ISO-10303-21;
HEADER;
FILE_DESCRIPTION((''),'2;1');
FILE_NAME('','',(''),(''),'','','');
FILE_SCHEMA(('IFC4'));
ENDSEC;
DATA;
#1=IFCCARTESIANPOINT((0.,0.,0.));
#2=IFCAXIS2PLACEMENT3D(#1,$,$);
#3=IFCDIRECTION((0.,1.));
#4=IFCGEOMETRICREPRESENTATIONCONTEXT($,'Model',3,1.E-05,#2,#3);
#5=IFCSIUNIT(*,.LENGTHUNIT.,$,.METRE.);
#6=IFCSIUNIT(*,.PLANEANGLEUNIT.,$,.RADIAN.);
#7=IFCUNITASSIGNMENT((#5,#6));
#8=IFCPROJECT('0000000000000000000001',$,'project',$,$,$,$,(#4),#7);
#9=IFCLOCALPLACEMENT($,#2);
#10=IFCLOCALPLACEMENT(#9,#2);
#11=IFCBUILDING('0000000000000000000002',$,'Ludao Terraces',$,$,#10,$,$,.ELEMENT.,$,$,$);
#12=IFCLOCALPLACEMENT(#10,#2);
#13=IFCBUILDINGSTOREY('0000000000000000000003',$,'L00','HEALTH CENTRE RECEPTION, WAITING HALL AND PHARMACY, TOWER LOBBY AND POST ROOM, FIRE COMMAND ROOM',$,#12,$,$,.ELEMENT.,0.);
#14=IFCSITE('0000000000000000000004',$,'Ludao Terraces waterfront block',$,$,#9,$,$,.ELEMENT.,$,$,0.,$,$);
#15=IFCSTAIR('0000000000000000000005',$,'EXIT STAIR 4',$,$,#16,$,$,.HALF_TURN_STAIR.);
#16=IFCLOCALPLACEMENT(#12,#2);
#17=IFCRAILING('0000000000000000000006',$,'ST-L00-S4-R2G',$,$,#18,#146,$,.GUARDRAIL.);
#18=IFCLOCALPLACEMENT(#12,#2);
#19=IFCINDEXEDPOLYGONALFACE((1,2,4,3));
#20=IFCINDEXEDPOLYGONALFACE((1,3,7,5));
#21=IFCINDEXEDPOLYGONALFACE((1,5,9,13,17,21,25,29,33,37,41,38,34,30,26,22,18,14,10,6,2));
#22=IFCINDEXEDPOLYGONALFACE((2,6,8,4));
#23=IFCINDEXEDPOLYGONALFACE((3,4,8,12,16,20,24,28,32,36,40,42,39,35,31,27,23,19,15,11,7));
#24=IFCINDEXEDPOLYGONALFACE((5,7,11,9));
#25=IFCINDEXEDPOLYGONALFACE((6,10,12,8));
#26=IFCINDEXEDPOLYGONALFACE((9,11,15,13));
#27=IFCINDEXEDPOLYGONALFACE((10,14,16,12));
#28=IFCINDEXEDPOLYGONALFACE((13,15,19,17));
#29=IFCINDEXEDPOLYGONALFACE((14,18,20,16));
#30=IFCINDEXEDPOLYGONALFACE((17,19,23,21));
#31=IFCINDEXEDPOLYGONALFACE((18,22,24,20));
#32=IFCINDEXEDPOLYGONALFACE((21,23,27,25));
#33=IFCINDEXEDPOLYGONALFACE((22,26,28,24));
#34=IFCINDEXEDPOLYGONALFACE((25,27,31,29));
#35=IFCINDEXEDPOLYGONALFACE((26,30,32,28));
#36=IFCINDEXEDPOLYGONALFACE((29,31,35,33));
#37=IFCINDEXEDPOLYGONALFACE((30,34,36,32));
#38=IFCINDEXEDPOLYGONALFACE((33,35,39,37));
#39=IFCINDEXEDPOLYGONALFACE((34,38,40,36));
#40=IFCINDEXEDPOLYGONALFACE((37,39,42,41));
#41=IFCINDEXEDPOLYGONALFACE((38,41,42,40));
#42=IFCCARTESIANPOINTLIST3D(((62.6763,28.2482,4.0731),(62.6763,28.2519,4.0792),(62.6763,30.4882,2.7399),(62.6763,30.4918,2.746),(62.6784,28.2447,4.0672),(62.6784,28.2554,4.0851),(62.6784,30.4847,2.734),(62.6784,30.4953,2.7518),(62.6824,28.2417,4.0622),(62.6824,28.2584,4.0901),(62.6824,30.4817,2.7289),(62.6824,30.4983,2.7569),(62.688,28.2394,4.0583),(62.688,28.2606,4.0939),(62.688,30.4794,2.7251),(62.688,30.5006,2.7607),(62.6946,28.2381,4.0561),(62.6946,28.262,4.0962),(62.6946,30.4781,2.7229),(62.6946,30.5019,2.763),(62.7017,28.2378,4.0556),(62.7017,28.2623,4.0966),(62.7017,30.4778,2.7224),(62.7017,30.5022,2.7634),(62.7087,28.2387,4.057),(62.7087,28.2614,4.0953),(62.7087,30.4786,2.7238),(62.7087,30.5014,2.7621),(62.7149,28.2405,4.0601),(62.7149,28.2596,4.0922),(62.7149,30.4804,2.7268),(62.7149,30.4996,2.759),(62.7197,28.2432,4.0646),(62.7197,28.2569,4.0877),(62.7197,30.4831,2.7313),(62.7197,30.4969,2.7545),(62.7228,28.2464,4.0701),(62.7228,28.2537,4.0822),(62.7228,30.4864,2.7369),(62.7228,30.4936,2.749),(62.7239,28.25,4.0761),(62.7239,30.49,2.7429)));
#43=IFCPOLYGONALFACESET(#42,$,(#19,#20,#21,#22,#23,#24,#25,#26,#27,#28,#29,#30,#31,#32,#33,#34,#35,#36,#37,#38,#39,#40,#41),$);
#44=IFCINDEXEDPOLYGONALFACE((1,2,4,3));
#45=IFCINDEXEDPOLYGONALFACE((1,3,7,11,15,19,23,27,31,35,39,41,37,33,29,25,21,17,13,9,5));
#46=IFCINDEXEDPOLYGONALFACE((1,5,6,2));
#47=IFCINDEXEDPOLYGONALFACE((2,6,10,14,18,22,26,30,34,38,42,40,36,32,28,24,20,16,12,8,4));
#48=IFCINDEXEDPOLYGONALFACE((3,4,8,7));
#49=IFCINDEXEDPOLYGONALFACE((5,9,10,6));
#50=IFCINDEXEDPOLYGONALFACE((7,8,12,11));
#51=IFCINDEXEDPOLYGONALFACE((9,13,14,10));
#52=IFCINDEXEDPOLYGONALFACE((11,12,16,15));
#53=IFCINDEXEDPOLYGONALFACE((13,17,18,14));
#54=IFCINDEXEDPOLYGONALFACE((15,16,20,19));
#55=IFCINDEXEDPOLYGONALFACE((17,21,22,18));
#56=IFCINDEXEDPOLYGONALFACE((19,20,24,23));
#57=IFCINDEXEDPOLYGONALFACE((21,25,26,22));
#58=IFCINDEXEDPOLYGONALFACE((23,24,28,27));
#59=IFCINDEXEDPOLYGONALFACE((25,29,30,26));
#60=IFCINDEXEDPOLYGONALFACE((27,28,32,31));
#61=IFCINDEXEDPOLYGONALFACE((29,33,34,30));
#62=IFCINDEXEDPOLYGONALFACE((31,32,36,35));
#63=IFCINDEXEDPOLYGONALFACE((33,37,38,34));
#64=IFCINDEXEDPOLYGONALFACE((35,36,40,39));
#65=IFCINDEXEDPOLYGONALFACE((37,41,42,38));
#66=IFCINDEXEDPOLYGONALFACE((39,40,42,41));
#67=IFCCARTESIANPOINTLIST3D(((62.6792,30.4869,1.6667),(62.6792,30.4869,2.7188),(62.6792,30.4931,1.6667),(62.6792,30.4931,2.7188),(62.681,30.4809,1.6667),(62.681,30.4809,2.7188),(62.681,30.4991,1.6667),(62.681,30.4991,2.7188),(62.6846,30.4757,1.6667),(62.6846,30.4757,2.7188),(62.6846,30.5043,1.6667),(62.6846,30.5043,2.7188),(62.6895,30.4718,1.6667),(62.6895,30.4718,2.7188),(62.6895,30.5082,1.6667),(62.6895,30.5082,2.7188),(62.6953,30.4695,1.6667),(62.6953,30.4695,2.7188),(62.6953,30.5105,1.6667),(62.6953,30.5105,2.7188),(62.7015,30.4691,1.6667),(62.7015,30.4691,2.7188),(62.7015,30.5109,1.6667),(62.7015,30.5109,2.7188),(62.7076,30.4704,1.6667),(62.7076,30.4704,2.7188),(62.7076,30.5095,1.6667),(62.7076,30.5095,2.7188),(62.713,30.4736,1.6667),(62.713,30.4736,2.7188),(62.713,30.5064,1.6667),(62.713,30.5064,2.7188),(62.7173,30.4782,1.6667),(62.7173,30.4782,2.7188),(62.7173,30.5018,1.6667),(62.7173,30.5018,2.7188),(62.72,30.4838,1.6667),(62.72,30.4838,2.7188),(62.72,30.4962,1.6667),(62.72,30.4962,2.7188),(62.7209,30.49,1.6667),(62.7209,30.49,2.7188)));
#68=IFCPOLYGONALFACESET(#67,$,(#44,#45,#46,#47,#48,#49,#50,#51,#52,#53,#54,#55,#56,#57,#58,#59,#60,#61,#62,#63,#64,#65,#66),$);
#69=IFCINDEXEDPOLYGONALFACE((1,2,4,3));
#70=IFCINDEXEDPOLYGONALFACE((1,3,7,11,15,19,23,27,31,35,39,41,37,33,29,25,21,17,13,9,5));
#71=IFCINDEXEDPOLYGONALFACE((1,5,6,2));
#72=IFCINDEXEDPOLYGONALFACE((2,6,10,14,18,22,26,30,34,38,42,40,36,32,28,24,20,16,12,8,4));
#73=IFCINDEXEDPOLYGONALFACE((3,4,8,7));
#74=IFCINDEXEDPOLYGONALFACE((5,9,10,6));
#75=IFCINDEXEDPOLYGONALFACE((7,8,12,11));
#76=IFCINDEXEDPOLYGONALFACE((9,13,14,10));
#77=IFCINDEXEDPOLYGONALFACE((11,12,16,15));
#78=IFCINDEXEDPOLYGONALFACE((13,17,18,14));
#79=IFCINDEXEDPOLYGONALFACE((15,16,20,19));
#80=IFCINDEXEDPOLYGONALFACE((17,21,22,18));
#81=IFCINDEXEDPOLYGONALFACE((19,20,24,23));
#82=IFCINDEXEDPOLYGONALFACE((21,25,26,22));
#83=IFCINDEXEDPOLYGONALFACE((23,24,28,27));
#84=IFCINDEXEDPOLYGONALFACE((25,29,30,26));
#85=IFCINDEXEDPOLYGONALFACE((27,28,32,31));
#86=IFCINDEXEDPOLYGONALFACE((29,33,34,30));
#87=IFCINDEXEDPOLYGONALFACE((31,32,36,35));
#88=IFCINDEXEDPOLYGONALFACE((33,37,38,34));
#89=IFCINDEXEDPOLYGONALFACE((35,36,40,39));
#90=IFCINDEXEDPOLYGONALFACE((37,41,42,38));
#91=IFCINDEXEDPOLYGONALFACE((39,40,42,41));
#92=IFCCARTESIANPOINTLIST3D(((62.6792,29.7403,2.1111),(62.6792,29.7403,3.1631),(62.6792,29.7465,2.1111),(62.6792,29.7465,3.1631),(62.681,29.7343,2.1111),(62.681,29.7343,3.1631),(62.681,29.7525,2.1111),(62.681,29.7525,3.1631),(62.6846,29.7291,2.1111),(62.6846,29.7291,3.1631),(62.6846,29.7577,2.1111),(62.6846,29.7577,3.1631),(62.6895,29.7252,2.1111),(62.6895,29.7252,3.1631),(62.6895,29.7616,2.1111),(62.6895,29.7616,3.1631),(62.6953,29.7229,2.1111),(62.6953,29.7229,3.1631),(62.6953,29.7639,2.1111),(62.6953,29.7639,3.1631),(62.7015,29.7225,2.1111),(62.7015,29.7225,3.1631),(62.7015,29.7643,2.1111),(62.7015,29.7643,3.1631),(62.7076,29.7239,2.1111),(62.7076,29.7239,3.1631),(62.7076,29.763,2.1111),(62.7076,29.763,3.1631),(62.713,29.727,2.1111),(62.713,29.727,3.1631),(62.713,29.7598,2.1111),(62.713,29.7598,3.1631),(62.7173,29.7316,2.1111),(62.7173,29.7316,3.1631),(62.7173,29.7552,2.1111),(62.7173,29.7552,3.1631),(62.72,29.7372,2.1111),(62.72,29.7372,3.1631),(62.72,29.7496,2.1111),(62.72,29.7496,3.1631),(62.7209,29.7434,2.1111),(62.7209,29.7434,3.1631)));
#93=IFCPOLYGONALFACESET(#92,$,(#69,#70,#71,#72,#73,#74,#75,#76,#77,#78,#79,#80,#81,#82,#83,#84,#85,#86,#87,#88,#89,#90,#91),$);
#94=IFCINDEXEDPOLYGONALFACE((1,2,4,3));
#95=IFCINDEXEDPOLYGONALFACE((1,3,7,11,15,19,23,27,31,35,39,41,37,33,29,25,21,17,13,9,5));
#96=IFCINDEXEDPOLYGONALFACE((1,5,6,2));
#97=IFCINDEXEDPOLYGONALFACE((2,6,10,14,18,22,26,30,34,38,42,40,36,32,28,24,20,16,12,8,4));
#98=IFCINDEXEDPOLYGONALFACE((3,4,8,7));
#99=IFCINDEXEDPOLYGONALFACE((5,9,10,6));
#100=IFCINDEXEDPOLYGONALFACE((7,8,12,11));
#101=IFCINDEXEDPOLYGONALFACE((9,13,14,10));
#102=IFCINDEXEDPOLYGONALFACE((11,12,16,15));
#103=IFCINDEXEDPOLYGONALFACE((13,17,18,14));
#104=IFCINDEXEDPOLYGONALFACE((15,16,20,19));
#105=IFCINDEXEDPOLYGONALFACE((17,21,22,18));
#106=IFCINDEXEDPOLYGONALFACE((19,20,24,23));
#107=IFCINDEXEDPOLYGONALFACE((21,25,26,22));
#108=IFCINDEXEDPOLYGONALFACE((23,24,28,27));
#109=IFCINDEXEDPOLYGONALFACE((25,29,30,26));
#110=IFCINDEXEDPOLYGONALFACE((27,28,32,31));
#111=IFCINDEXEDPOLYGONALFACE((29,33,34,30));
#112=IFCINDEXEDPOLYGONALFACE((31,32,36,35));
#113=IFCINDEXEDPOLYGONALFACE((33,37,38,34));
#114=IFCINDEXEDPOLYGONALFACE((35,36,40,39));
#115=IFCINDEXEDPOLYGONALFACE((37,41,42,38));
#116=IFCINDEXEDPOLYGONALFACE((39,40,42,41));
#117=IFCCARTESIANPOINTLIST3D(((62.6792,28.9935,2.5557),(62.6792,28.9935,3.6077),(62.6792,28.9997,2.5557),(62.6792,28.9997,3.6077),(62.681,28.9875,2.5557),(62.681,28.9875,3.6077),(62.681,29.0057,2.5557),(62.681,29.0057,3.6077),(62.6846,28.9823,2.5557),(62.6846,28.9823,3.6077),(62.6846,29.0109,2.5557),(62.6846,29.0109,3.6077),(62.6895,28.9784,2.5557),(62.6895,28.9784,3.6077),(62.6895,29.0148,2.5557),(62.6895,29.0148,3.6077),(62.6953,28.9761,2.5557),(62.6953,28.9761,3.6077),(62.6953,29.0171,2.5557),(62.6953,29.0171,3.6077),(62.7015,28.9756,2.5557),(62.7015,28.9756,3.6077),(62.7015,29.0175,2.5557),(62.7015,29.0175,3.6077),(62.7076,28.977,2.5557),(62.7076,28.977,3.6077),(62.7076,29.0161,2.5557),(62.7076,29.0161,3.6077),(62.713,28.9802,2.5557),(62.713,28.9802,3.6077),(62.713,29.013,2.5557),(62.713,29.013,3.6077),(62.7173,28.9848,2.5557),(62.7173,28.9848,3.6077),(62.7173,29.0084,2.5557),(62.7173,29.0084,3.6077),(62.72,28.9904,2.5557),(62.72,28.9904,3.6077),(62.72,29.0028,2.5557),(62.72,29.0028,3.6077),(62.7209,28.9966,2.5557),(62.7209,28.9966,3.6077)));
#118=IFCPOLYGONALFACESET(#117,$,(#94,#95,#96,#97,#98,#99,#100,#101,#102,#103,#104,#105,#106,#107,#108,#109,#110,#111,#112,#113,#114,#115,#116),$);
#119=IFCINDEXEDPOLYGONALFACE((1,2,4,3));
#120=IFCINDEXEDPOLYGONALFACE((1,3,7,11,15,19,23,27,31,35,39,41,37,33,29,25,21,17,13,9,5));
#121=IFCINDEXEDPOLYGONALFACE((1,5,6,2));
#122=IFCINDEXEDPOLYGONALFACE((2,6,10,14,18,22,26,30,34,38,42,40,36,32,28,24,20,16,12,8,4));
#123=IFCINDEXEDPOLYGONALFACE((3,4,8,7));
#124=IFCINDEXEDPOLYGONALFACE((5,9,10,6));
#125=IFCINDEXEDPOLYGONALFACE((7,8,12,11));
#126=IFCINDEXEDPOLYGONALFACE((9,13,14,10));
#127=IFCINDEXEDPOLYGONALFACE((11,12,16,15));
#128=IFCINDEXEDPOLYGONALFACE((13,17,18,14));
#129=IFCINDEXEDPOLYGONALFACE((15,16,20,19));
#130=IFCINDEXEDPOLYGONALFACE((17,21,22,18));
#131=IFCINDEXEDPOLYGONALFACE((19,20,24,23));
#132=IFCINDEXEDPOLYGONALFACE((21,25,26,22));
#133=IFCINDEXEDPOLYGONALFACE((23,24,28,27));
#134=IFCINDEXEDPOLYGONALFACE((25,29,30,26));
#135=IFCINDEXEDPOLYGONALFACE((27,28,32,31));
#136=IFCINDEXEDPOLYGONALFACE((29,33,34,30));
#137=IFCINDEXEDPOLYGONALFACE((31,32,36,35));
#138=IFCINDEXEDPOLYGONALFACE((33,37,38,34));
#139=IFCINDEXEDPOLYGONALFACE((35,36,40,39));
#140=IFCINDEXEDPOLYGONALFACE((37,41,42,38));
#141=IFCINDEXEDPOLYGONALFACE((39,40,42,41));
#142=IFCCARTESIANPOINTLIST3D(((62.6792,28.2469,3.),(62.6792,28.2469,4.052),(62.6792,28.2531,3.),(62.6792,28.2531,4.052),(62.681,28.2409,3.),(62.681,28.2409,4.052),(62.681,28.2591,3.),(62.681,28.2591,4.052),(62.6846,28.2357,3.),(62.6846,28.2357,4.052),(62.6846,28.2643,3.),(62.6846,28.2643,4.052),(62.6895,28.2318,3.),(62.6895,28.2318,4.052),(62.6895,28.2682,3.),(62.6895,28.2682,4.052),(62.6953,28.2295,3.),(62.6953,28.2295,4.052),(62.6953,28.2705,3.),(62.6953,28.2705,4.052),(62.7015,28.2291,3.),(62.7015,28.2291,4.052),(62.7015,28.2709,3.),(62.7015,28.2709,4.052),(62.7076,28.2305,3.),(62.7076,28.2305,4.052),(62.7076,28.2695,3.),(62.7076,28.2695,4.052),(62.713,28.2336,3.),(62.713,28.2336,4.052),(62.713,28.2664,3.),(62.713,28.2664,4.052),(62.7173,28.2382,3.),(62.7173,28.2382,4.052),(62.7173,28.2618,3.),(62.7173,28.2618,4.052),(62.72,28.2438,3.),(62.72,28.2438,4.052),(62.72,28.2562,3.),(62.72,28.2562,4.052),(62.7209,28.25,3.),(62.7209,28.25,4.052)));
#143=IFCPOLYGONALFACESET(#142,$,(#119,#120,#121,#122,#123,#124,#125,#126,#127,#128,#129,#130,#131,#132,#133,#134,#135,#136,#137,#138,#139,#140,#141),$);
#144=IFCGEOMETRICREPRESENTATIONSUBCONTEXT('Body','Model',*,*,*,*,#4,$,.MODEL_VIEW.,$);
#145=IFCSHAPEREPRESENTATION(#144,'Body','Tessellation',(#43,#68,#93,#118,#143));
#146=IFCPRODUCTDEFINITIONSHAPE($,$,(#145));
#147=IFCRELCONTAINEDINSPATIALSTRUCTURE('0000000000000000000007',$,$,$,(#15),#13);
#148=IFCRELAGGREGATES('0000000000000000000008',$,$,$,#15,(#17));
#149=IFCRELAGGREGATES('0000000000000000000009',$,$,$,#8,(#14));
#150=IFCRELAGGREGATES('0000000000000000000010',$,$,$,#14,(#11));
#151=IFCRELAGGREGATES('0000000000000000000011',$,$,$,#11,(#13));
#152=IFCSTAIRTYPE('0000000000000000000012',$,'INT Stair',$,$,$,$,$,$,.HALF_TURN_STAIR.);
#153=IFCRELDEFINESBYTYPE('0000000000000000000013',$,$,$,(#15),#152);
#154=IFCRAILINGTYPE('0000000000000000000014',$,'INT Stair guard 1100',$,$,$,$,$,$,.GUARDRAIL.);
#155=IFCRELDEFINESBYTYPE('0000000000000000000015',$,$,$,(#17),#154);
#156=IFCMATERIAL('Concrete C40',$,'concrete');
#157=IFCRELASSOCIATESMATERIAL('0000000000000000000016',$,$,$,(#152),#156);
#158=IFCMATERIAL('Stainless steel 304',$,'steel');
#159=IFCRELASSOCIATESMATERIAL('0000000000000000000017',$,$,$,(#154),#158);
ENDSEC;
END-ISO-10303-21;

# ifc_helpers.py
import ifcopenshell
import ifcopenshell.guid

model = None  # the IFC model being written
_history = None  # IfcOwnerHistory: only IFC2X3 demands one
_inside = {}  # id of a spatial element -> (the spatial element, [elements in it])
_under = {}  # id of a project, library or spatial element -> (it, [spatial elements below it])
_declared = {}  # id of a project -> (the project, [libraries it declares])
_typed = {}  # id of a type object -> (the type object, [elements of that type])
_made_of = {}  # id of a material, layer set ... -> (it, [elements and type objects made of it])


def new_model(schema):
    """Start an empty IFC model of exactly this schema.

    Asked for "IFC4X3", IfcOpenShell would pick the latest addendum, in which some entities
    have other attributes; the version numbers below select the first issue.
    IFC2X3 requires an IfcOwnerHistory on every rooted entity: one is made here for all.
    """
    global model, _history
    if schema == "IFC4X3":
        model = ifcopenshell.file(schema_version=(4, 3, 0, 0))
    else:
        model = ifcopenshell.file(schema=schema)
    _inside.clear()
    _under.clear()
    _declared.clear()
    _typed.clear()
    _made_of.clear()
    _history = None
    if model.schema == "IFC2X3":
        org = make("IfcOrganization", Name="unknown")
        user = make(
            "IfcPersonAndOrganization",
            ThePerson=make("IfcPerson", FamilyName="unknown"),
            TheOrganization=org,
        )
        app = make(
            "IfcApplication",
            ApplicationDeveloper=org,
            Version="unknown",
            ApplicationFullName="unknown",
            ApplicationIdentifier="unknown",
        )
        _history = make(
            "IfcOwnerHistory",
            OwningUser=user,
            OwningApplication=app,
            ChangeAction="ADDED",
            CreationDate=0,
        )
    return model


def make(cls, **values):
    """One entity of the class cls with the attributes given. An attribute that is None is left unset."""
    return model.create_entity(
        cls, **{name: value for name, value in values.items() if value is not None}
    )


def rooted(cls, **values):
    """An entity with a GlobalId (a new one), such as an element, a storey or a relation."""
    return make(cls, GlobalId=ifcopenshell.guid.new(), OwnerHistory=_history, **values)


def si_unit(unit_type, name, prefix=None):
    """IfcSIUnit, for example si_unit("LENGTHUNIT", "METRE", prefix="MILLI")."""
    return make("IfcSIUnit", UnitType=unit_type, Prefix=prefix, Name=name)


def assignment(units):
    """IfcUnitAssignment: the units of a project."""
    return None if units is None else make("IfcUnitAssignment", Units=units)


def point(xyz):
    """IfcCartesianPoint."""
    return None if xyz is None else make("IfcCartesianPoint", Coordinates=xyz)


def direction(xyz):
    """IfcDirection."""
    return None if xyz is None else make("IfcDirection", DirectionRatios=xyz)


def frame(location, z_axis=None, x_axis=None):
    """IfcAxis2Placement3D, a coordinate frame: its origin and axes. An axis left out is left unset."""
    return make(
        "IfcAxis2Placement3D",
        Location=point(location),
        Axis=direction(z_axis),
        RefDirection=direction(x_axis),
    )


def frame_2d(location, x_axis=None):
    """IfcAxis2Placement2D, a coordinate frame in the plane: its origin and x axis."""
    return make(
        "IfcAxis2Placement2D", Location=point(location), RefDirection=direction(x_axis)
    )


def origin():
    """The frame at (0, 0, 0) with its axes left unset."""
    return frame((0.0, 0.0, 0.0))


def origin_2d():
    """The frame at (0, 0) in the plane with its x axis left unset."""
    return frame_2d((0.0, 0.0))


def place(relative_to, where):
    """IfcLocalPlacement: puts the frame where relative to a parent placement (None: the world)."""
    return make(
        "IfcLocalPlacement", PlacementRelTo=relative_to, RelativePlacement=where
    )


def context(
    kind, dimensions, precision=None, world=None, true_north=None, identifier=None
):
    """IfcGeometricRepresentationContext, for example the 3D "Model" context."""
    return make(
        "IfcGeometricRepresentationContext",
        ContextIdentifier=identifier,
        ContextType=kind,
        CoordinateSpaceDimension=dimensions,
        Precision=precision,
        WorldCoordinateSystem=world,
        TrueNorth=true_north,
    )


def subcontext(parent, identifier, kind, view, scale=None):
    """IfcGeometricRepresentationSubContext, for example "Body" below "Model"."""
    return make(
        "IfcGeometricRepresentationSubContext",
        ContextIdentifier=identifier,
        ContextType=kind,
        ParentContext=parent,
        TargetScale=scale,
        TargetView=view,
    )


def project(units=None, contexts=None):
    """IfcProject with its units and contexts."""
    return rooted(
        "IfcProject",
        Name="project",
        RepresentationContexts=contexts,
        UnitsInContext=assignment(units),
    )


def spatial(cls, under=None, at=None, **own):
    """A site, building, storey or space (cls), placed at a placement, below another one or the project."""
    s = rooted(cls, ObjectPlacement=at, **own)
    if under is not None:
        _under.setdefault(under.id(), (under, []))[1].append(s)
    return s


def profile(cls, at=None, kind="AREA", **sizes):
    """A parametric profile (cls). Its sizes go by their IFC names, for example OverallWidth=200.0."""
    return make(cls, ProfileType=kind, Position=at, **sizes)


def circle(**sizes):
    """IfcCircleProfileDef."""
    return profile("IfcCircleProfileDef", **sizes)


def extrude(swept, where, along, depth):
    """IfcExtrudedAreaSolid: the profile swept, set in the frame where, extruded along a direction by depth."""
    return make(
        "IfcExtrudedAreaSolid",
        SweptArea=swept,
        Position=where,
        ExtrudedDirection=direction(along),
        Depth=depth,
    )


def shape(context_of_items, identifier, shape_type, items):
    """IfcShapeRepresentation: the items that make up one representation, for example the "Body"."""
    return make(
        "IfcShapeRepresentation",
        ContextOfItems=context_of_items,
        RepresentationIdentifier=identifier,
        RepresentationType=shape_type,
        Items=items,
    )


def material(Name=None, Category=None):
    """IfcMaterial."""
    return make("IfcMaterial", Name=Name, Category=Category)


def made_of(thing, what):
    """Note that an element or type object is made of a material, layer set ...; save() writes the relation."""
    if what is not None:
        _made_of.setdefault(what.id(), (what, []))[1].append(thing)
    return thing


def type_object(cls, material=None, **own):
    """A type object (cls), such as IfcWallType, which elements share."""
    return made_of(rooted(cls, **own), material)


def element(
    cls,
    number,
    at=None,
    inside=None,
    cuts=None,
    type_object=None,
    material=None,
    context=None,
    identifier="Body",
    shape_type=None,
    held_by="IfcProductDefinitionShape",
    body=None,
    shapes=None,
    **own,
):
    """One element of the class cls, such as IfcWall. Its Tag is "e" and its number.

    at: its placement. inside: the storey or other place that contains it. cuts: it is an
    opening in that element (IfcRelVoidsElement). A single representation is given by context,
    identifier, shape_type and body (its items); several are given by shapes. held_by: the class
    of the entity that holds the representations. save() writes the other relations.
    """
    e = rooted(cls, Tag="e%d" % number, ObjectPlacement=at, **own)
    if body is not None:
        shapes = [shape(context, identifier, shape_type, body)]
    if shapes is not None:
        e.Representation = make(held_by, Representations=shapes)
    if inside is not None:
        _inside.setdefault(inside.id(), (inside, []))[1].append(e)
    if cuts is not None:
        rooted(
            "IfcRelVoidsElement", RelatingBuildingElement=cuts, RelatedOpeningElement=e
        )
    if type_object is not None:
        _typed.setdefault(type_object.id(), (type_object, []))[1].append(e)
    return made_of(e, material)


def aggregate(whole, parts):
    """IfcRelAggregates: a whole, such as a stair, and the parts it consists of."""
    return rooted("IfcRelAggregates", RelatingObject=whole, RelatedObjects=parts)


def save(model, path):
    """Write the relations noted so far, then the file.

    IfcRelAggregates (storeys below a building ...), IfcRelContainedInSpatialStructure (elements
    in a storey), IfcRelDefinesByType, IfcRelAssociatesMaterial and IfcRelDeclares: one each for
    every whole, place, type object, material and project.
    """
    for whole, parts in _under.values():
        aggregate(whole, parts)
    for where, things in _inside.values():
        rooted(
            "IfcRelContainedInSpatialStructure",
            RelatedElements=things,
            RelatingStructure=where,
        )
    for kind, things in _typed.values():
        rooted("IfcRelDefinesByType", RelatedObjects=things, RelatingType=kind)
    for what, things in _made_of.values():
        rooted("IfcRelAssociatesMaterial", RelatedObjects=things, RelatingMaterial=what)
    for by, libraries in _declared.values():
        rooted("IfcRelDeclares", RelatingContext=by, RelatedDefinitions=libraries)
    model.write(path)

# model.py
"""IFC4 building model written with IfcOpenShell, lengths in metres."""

from ifc_helpers import new_model, si_unit, direction, frame, origin, origin_2d, place, context, subcontext, project, spatial, circle, extrude, material, type_object, element, aggregate, save


model = new_model("IFC4")

# Units and contexts
model_context = context("Model", 3, precision=1e-05, world=origin(), true_north=direction((0.0, 1.0)))
body_context = subcontext(model_context, "Body", "Model", "MODEL_VIEW")
ifc_project = project(units=[si_unit("LENGTHUNIT", "METRE"), si_unit("PLANEANGLEUNIT", "RADIAN")], contexts=[model_context])

# Site, building, storey
site_placement = place(None, origin())
site = spatial("IfcSite", under=ifc_project, at=site_placement, Name="Ludao Terraces waterfront block", CompositionType="ELEMENT", RefElevation=0.0)
building_placement = place(site_placement, origin())
building = spatial("IfcBuilding", under=site, at=building_placement, Name="Ludao Terraces", CompositionType="ELEMENT")
storey_placement = place(building_placement, origin())
storey = spatial("IfcBuildingStorey", under=building, at=storey_placement, Name="L00", Description="HEALTH CENTRE RECEPTION, WAITING HALL AND PHARMACY, TOWER LOBBY AND POST ROOM, FIRE COMMAND ROOM", CompositionType="ELEMENT", Elevation=0.0)

# Shared definitions
ifc_material_1 = material(Name="Concrete C40", Category="concrete")

# Stair, railing
stair_type = type_object("IfcStairType", Name="INT Stair", PredefinedType="HALF_TURN_STAIR", material=ifc_material_1)
stair_placement = place(storey_placement, origin())
stair = element("IfcStair", 1, at=stair_placement, inside=storey, type_object=stair_type, Name="EXIT STAIR 4", PredefinedType="HALF_TURN_STAIR")
ifc_material_2 = material(Name="Stainless steel 304", Category="steel")
railing_type_1 = type_object("IfcRailingType", Name="INT Stair guard 1100", PredefinedType="GUARDRAIL", material=ifc_material_2)
railing_1_placement = place(storey_placement, frame((62.7, 30.49, 1.6667)))
railing_1 = element("IfcRailing", 2, at=railing_1_placement, type_object=railing_type_1, Name="ST-L00-S4-R2G", PredefinedType="GUARDRAIL", context=body_context, shape_type="SweptSolid", body=[
    extrude(circle(Radius=0.0239, at=origin_2d()), frame((0.0, 0.0, 1.0762), z_axis=(0.0, -0.859306, 0.511462), x_axis=(1.0, 0.0, 0.0)), (0.0, 0.0, 1.0), 2.6067),
    extrude(circle(Radius=0.021, at=origin_2d()), origin(), (0.0, 0.0, 1.0), 1.052),
    extrude(circle(Radius=0.021, at=origin_2d()), frame((0.0, -0.7466, 0.4443)), (0.0, 0.0, 1.0), 1.052),
    extrude(circle(Radius=0.021, at=origin_2d()), frame((0.0, -1.4934, 0.8889)), (0.0, 0.0, 1.0), 1.052),
    extrude(circle(Radius=0.021, at=origin_2d()), frame((0.0, -2.24, 1.3333)), (0.0, 0.0, 1.0), 1.052),
])
aggregate(stair, [railing_1])

save(model, "model.ifc")
